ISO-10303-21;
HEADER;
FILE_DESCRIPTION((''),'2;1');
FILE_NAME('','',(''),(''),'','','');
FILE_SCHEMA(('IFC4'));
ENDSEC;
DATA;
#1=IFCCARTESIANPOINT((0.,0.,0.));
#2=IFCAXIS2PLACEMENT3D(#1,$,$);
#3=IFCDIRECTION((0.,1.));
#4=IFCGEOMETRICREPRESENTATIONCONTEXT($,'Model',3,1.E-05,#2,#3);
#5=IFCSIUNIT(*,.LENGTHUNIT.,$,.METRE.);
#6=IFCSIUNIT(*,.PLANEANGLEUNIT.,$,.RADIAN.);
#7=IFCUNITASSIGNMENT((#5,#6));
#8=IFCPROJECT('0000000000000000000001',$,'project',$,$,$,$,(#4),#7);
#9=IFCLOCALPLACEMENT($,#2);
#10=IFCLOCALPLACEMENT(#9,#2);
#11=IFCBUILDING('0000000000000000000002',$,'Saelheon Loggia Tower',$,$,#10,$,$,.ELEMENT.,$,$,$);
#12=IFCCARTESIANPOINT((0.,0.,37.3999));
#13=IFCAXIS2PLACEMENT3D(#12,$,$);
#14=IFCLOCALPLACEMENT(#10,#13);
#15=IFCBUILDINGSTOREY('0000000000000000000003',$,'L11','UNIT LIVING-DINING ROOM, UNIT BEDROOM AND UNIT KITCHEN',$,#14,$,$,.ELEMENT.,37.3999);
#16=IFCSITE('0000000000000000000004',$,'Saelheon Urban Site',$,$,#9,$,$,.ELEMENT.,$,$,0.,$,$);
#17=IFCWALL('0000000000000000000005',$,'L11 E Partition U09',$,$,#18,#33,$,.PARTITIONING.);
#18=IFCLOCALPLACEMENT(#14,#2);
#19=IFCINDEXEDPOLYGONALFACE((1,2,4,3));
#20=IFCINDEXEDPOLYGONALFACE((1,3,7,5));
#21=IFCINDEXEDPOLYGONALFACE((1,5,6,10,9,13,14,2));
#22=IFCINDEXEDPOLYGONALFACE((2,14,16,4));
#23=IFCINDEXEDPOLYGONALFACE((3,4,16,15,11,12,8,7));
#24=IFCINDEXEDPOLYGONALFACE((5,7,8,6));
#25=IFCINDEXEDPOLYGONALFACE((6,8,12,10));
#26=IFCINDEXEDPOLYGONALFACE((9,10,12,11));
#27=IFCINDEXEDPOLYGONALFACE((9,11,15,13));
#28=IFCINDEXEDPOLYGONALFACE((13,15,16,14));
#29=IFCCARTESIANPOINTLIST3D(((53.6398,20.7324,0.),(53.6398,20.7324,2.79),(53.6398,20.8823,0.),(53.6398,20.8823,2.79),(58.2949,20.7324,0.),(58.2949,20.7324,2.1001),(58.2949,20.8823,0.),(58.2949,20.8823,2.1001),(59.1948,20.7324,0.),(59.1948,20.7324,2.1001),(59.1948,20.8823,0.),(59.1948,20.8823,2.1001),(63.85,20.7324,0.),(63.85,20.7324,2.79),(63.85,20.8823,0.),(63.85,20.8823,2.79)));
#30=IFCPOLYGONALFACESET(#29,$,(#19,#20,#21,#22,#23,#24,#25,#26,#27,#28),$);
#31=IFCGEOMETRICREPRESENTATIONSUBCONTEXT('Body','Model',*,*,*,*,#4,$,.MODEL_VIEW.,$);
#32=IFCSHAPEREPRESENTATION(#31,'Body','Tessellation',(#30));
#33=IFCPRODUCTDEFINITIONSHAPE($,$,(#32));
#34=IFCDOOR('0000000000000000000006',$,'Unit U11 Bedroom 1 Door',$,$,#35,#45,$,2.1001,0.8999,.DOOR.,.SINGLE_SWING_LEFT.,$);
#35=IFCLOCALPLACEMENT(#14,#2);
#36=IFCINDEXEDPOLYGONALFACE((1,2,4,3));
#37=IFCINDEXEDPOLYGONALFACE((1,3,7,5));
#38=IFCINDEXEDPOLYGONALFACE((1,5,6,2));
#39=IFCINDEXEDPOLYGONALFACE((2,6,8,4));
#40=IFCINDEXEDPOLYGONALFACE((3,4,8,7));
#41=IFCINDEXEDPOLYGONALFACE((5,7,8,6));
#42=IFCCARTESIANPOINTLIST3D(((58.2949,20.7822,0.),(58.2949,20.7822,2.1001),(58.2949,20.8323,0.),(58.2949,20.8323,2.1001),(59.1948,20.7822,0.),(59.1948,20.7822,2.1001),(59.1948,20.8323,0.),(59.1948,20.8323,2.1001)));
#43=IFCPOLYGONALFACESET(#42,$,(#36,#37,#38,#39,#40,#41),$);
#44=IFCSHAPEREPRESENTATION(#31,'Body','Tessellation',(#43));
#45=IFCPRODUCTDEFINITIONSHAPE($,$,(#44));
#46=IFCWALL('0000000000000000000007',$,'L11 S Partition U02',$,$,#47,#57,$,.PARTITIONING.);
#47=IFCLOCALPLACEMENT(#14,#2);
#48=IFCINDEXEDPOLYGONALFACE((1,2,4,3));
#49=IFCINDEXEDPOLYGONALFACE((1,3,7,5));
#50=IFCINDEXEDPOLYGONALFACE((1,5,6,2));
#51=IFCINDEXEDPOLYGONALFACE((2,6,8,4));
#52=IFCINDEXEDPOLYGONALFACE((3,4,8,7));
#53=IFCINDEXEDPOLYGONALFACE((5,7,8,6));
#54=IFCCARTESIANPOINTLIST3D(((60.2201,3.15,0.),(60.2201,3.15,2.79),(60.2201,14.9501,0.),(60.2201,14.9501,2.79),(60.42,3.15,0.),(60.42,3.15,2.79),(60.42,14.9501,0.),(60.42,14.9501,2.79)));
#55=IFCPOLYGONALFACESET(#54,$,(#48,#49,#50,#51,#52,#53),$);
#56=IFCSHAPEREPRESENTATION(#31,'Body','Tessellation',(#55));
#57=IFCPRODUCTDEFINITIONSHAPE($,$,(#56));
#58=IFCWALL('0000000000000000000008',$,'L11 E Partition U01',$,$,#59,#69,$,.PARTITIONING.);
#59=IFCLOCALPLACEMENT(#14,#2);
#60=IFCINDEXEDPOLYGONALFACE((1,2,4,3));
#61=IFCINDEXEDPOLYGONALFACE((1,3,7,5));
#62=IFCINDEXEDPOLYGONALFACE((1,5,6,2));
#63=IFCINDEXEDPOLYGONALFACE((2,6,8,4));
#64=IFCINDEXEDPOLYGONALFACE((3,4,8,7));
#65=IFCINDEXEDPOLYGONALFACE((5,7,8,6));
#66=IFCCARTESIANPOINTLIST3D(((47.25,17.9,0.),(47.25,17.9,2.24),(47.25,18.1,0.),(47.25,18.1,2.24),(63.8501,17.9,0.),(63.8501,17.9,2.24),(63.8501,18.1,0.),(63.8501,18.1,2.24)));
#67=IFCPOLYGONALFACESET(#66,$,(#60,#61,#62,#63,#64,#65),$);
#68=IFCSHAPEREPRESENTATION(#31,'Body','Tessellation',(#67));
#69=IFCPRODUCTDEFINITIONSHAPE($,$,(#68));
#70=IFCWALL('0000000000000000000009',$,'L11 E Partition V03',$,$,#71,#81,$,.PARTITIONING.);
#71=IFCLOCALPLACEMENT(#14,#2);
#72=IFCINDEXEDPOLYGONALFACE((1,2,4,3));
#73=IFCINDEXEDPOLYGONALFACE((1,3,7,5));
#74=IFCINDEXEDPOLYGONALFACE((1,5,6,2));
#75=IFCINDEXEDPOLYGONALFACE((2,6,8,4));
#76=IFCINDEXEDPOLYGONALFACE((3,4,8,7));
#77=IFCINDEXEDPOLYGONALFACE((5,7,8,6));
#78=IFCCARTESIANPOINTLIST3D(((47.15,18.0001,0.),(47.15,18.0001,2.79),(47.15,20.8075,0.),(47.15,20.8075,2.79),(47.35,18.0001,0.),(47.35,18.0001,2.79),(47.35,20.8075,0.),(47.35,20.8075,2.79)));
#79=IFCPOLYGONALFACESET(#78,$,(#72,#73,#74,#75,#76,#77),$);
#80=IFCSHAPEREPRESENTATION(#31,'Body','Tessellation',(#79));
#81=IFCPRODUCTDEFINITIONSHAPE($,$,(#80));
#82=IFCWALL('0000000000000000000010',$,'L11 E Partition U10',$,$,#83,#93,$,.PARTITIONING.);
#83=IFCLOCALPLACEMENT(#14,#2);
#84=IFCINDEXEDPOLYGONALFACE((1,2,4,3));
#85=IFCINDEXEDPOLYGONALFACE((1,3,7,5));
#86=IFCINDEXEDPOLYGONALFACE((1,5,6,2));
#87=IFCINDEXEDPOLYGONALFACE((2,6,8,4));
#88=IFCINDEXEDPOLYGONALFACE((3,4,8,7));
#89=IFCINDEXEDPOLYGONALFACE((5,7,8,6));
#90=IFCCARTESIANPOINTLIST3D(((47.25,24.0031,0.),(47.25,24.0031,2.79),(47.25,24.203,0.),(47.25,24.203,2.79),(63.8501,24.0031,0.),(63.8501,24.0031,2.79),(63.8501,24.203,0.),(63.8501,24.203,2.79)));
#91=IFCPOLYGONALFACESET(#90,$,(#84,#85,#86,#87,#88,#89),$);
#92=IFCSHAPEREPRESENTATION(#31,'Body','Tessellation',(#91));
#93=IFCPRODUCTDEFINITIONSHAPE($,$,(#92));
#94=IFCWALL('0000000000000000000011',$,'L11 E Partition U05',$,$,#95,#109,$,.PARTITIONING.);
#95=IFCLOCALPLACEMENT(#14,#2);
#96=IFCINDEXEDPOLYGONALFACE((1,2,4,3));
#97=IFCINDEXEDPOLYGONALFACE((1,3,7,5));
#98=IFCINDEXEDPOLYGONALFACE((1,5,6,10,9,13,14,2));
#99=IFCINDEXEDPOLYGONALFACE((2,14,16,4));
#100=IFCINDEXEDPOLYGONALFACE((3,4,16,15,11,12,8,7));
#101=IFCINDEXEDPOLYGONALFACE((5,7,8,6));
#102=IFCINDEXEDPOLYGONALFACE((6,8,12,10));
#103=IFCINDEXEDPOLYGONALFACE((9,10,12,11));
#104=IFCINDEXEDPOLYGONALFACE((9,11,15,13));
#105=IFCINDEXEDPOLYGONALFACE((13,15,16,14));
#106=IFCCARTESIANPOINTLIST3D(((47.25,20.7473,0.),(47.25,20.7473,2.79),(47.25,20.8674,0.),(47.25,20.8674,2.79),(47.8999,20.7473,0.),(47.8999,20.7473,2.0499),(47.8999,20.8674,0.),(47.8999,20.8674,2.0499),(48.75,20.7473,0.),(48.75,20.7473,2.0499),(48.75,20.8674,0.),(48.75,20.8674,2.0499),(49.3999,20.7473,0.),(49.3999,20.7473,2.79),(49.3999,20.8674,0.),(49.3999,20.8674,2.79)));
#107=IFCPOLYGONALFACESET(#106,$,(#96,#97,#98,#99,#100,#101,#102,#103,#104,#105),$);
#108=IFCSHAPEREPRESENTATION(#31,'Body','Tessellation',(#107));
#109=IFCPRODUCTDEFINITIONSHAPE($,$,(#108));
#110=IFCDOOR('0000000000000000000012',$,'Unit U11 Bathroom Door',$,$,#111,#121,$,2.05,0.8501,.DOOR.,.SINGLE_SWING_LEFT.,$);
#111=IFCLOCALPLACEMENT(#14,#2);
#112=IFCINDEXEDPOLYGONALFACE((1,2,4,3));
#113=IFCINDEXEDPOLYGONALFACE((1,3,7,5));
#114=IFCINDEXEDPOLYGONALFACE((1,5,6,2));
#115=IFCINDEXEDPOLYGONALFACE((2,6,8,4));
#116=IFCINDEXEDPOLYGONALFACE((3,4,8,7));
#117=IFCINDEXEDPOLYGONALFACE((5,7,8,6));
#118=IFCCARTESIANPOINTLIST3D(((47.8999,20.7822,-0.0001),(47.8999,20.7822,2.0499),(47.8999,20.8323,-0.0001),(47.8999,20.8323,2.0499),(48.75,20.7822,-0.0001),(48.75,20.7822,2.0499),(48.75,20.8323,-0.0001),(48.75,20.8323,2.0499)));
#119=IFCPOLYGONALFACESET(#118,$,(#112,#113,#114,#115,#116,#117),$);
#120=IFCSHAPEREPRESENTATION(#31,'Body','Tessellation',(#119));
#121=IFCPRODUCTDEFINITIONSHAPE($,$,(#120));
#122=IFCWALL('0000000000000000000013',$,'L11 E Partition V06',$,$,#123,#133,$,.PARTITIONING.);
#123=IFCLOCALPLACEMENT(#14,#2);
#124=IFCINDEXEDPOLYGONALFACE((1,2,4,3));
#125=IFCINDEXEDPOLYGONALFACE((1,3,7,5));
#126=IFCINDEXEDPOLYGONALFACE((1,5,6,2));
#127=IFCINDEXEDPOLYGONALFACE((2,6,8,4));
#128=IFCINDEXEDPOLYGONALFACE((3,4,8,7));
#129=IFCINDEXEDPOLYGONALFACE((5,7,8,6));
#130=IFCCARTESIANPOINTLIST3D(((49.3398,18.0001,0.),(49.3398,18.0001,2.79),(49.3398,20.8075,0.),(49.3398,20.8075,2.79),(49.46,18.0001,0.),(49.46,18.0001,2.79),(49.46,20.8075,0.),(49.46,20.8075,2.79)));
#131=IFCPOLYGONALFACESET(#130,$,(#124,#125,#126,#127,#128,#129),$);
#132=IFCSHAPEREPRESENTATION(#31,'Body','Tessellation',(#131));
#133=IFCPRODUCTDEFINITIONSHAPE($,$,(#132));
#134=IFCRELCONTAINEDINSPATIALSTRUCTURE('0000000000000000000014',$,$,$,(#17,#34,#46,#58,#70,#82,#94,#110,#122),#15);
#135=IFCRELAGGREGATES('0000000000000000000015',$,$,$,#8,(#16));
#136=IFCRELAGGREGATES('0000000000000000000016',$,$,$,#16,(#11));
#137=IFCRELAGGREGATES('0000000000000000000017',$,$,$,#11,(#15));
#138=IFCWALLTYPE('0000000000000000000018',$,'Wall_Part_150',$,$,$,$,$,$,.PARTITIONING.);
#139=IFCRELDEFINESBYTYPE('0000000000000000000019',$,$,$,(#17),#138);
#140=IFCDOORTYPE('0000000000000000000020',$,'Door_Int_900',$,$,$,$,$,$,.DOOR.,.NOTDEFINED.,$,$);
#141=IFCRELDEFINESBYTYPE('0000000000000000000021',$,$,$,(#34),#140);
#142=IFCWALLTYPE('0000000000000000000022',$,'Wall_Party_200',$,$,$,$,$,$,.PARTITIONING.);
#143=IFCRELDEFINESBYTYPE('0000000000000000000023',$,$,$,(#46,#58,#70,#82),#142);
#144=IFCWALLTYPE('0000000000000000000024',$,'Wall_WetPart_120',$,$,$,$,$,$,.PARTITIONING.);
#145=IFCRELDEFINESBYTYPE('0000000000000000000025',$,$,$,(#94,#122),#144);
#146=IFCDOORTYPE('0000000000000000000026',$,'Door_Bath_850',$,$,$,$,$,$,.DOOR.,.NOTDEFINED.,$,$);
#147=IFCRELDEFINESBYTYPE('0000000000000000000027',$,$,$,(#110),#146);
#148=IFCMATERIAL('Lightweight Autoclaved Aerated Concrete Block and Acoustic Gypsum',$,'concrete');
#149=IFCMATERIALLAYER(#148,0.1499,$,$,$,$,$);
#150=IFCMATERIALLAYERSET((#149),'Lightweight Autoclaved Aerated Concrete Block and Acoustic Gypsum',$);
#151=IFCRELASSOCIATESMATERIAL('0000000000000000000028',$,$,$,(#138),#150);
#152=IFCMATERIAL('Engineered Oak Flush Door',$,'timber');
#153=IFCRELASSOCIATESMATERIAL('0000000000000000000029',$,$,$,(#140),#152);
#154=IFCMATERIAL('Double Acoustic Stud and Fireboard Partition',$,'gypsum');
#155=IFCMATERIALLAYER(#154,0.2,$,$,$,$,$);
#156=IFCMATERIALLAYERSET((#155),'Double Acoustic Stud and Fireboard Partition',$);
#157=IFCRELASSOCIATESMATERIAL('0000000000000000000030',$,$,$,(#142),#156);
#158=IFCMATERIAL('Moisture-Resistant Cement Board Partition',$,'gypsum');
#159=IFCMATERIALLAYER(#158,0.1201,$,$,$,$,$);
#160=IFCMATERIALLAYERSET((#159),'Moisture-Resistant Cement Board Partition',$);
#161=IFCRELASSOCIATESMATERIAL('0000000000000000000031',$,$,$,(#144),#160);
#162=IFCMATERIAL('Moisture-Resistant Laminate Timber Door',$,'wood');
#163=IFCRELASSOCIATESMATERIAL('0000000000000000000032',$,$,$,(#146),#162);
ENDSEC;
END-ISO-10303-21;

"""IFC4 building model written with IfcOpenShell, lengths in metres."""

from ifc_helpers import new_model, si_unit, direction, frame, frame_2d, origin, place, context, subcontext, project, spatial, rectangle, extrude, source, transform, mapped, material, layer, layer_set, type_object, element, fill, save


model = new_model("IFC4")

# Units and contexts
model_context = context("Model", 3, precision=1e-05, world=origin(), true_north=direction((0.0, 1.0)))
body_context = subcontext(model_context, "Body", "Model", "MODEL_VIEW")
ifc_project = project(units=[si_unit("LENGTHUNIT", "METRE"), si_unit("PLANEANGLEUNIT", "RADIAN")], contexts=[model_context])

# Site, building, storey
site_placement = place(None, origin())
site = spatial("IfcSite", under=ifc_project, at=site_placement, Name="Saelheon Urban Site", CompositionType="ELEMENT", RefElevation=0.0)
building_placement = place(site_placement, origin())
building = spatial("IfcBuilding", under=site, at=building_placement, Name="Saelheon Loggia Tower", CompositionType="ELEMENT")
storey_placement = place(building_placement, frame((0.0, 0.0, 37.3999)))
storey = spatial("IfcBuildingStorey", under=building, at=storey_placement, Name="L11", Description="UNIT LIVING-DINING ROOM, UNIT BEDROOM AND UNIT KITCHEN", CompositionType="ELEMENT", Elevation=37.3999)

# Shared definitions
ifc_material_1 = material(Name="Lightweight Autoclaved Aerated Concrete Block and Acoustic Gypsum", Category="concrete")
ifc_layer_1 = layer(ifc_material_1, 0.1499)
ifc_layer_set_1 = layer_set([ifc_layer_1], Name="Lightweight Autoclaved Aerated Concrete Block and Acoustic Gypsum")
wall_type_1 = type_object("IfcWallType", Name="Wall_Part_150", PredefinedType="PARTITIONING", material=ifc_layer_set_1)
ifc_material_2 = material(Name="Engineered Oak Flush Door", Category="timber")
door_type_1 = type_object("IfcDoorType", Name="Door_Int_900", OperationType="NOTDEFINED", PredefinedType="DOOR", material=ifc_material_2)
shared_shape_1 = source(origin(), body_context, "Body", "SweptSolid", [
    extrude(rectangle(XDim=0.8999, YDim=2.1001, at=frame_2d((0.45, 1.05))), frame((0.0, 0.0249, 0.0), z_axis=(0.0, -1.0, 0.0), x_axis=(1.0, 0.0, 0.0)), (0.0, 0.0, 1.0), 0.05),
])

# Wall, opening, door
wall_1_placement = place(storey_placement, frame((53.6399, 20.8074, 0.0), z_axis=(0.0, 0.0, 1.0), x_axis=(1.0, 0.0, 0.0)))
wall_1 = element("IfcWall", 1, at=wall_1_placement, inside=storey, type_object=wall_type_1, Name="L11 E Partition U09", PredefinedType="PARTITIONING", context=body_context, shape_type="SweptSolid", body=[
    extrude(rectangle(XDim=10.2102, YDim=0.1499, at=frame_2d((5.105, 0.0))), origin(), (0.0, 0.0, 1.0), 2.79),
])
opening_1_placement = place(wall_1_placement, frame((4.655, 0.0, 0.0)))
opening_1 = element("IfcOpeningElement", 2, at=opening_1_placement, cuts=wall_1, PredefinedType="OPENING", context=body_context, shape_type="SweptSolid", body=[
    extrude(rectangle(XDim=0.8999, YDim=2.1001, at=frame_2d((0.45, 1.05))), frame((0.0, 0.0869, 0.0), z_axis=(0.0, -1.0, 0.0), x_axis=(1.0, 0.0, 0.0)), (0.0, 0.0, 1.0), 0.1738),
])
door_1_placement = place(opening_1_placement, origin())
door_1 = element("IfcDoor", 3, at=door_1_placement, inside=storey, type_object=door_type_1, Name="Unit U11 Bedroom 1 Door", OperationType="SINGLE_SWING_LEFT", OverallHeight=2.1001, OverallWidth=0.8999, PredefinedType="DOOR", context=body_context, shape_type="MappedRepresentation", body=[
    mapped(shared_shape_1, transform((0.0, 0.0, 0.0), scale=1.0)),
])
fill(opening_1, door_1)

# Walls
ifc_material_3 = material(Name="Double Acoustic Stud and Fireboard Partition", Category="gypsum")
ifc_layer_2 = layer(ifc_material_3, 0.2)
ifc_layer_set_2 = layer_set([ifc_layer_2], Name="Double Acoustic Stud and Fireboard Partition")
wall_type_2 = type_object("IfcWallType", Name="Wall_Party_200", PredefinedType="PARTITIONING", material=ifc_layer_set_2)
wall_2_placement = place(storey_placement, frame((60.3201, 14.95, 0.0), z_axis=(0.0, 0.0, 1.0), x_axis=(0.0, -1.0, 0.0)))
element("IfcWall", 4, at=wall_2_placement, inside=storey, type_object=wall_type_2, Name="L11 S Partition U02", PredefinedType="PARTITIONING", context=body_context, shape_type="SweptSolid", body=[
    extrude(rectangle(XDim=11.8, YDim=0.2, at=frame_2d((5.8999, 0.0))), origin(), (0.0, 0.0, 1.0), 2.79),
])
wall_3_placement = place(storey_placement, frame((47.25, 18.0, 0.0), z_axis=(0.0, 0.0, 1.0), x_axis=(1.0, 0.0, 0.0)))
element("IfcWall", 5, at=wall_3_placement, inside=storey, type_object=wall_type_2, Name="L11 E Partition U01", PredefinedType="PARTITIONING", context=body_context, shape_type="SweptSolid", body=[
    extrude(rectangle(XDim=16.6001, YDim=0.2, at=frame_2d((8.3, 0.0))), origin(), (0.0, 0.0, 1.0), 2.24),
])
wall_4_placement = place(storey_placement, frame((47.25, 18.0, 0.0), z_axis=(0.0, 0.0, 1.0), x_axis=(0.0, 1.0, 0.0)))
element("IfcWall", 6, at=wall_4_placement, inside=storey, type_object=wall_type_2, Name="L11 E Partition V03", PredefinedType="PARTITIONING", context=body_context, shape_type="SweptSolid", body=[
    extrude(rectangle(XDim=2.8074, YDim=0.2, at=frame_2d((1.4038, 0.0))), origin(), (0.0, 0.0, 1.0), 2.79),
])

# Wall
wall_5_placement = place(storey_placement, frame((47.25, 24.103, 0.0), z_axis=(0.0, 0.0, 1.0), x_axis=(1.0, 0.0, 0.0)))
element("IfcWall", 7, at=wall_5_placement, inside=storey, type_object=wall_type_2, Name="L11 E Partition U10", PredefinedType="PARTITIONING", context=body_context, shape_type="SweptSolid", body=[
    extrude(rectangle(XDim=16.6001, YDim=0.2, at=frame_2d((8.3, 0.0))), origin(), (0.0, 0.0, 1.0), 2.79),
])

# Wall, opening, door
ifc_material_4 = material(Name="Moisture-Resistant Cement Board Partition", Category="gypsum")
ifc_layer_3 = layer(ifc_material_4, 0.1201)
ifc_layer_set_3 = layer_set([ifc_layer_3], Name="Moisture-Resistant Cement Board Partition")
wall_type_3 = type_object("IfcWallType", Name="Wall_WetPart_120", PredefinedType="PARTITIONING", material=ifc_layer_set_3)
wall_6_placement = place(storey_placement, frame((47.25, 20.8074, 0.0), z_axis=(0.0, 0.0, 1.0), x_axis=(1.0, 0.0, 0.0)))
wall_6 = element("IfcWall", 8, at=wall_6_placement, inside=storey, type_object=wall_type_3, Name="L11 E Partition U05", PredefinedType="PARTITIONING", context=body_context, shape_type="SweptSolid", body=[
    extrude(rectangle(XDim=2.1499, YDim=0.1201, at=frame_2d((1.075, 0.0))), origin(), (0.0, 0.0, 1.0), 2.79),
])
opening_2_placement = place(wall_6_placement, frame((0.6499, 0.0, 0.0)))
opening_2 = element("IfcOpeningElement", 9, at=opening_2_placement, cuts=wall_6, PredefinedType="OPENING", context=body_context, shape_type="SweptSolid", body=[
    extrude(rectangle(XDim=0.8501, YDim=2.05, at=frame_2d((0.425, 1.0249))), frame((0.0, 0.072, 0.0), z_axis=(0.0, -1.0, 0.0), x_axis=(1.0, 0.0, 0.0)), (0.0, 0.0, 1.0), 0.144),
])
ifc_material_5 = material(Name="Moisture-Resistant Laminate Timber Door", Category="wood")
door_type_2 = type_object("IfcDoorType", Name="Door_Bath_850", OperationType="NOTDEFINED", PredefinedType="DOOR", material=ifc_material_5)
shared_shape_2 = source(origin(), body_context, "Body", "SweptSolid", [
    extrude(rectangle(XDim=0.8501, YDim=2.05, at=frame_2d((0.425, 1.0249))), frame((0.0, 0.0249, 0.0), z_axis=(0.0, -1.0, 0.0), x_axis=(1.0, 0.0, 0.0)), (0.0, 0.0, 1.0), 0.05),
])
door_2_placement = place(opening_2_placement, origin())
door_2 = element("IfcDoor", 10, at=door_2_placement, inside=storey, type_object=door_type_2, Name="Unit U11 Bathroom Door", OperationType="SINGLE_SWING_LEFT", OverallHeight=2.05, OverallWidth=0.8501, PredefinedType="DOOR", context=body_context, shape_type="MappedRepresentation", body=[
    mapped(shared_shape_2, transform((0.0, 0.0, 0.0), scale=1.0)),
])
fill(opening_2, door_2)

# Wall
wall_7_placement = place(storey_placement, frame((49.3999, 18.0, 0.0), z_axis=(0.0, 0.0, 1.0), x_axis=(0.0, 1.0, 0.0)))
element("IfcWall", 11, at=wall_7_placement, inside=storey, type_object=wall_type_3, Name="L11 E Partition V06", PredefinedType="PARTITIONING", context=body_context, shape_type="SweptSolid", body=[
    extrude(rectangle(XDim=2.8074, YDim=0.1201, at=frame_2d((1.4038, 0.0))), origin(), (0.0, 0.0, 1.0), 2.79),
])

save(model, "model.ifc")
